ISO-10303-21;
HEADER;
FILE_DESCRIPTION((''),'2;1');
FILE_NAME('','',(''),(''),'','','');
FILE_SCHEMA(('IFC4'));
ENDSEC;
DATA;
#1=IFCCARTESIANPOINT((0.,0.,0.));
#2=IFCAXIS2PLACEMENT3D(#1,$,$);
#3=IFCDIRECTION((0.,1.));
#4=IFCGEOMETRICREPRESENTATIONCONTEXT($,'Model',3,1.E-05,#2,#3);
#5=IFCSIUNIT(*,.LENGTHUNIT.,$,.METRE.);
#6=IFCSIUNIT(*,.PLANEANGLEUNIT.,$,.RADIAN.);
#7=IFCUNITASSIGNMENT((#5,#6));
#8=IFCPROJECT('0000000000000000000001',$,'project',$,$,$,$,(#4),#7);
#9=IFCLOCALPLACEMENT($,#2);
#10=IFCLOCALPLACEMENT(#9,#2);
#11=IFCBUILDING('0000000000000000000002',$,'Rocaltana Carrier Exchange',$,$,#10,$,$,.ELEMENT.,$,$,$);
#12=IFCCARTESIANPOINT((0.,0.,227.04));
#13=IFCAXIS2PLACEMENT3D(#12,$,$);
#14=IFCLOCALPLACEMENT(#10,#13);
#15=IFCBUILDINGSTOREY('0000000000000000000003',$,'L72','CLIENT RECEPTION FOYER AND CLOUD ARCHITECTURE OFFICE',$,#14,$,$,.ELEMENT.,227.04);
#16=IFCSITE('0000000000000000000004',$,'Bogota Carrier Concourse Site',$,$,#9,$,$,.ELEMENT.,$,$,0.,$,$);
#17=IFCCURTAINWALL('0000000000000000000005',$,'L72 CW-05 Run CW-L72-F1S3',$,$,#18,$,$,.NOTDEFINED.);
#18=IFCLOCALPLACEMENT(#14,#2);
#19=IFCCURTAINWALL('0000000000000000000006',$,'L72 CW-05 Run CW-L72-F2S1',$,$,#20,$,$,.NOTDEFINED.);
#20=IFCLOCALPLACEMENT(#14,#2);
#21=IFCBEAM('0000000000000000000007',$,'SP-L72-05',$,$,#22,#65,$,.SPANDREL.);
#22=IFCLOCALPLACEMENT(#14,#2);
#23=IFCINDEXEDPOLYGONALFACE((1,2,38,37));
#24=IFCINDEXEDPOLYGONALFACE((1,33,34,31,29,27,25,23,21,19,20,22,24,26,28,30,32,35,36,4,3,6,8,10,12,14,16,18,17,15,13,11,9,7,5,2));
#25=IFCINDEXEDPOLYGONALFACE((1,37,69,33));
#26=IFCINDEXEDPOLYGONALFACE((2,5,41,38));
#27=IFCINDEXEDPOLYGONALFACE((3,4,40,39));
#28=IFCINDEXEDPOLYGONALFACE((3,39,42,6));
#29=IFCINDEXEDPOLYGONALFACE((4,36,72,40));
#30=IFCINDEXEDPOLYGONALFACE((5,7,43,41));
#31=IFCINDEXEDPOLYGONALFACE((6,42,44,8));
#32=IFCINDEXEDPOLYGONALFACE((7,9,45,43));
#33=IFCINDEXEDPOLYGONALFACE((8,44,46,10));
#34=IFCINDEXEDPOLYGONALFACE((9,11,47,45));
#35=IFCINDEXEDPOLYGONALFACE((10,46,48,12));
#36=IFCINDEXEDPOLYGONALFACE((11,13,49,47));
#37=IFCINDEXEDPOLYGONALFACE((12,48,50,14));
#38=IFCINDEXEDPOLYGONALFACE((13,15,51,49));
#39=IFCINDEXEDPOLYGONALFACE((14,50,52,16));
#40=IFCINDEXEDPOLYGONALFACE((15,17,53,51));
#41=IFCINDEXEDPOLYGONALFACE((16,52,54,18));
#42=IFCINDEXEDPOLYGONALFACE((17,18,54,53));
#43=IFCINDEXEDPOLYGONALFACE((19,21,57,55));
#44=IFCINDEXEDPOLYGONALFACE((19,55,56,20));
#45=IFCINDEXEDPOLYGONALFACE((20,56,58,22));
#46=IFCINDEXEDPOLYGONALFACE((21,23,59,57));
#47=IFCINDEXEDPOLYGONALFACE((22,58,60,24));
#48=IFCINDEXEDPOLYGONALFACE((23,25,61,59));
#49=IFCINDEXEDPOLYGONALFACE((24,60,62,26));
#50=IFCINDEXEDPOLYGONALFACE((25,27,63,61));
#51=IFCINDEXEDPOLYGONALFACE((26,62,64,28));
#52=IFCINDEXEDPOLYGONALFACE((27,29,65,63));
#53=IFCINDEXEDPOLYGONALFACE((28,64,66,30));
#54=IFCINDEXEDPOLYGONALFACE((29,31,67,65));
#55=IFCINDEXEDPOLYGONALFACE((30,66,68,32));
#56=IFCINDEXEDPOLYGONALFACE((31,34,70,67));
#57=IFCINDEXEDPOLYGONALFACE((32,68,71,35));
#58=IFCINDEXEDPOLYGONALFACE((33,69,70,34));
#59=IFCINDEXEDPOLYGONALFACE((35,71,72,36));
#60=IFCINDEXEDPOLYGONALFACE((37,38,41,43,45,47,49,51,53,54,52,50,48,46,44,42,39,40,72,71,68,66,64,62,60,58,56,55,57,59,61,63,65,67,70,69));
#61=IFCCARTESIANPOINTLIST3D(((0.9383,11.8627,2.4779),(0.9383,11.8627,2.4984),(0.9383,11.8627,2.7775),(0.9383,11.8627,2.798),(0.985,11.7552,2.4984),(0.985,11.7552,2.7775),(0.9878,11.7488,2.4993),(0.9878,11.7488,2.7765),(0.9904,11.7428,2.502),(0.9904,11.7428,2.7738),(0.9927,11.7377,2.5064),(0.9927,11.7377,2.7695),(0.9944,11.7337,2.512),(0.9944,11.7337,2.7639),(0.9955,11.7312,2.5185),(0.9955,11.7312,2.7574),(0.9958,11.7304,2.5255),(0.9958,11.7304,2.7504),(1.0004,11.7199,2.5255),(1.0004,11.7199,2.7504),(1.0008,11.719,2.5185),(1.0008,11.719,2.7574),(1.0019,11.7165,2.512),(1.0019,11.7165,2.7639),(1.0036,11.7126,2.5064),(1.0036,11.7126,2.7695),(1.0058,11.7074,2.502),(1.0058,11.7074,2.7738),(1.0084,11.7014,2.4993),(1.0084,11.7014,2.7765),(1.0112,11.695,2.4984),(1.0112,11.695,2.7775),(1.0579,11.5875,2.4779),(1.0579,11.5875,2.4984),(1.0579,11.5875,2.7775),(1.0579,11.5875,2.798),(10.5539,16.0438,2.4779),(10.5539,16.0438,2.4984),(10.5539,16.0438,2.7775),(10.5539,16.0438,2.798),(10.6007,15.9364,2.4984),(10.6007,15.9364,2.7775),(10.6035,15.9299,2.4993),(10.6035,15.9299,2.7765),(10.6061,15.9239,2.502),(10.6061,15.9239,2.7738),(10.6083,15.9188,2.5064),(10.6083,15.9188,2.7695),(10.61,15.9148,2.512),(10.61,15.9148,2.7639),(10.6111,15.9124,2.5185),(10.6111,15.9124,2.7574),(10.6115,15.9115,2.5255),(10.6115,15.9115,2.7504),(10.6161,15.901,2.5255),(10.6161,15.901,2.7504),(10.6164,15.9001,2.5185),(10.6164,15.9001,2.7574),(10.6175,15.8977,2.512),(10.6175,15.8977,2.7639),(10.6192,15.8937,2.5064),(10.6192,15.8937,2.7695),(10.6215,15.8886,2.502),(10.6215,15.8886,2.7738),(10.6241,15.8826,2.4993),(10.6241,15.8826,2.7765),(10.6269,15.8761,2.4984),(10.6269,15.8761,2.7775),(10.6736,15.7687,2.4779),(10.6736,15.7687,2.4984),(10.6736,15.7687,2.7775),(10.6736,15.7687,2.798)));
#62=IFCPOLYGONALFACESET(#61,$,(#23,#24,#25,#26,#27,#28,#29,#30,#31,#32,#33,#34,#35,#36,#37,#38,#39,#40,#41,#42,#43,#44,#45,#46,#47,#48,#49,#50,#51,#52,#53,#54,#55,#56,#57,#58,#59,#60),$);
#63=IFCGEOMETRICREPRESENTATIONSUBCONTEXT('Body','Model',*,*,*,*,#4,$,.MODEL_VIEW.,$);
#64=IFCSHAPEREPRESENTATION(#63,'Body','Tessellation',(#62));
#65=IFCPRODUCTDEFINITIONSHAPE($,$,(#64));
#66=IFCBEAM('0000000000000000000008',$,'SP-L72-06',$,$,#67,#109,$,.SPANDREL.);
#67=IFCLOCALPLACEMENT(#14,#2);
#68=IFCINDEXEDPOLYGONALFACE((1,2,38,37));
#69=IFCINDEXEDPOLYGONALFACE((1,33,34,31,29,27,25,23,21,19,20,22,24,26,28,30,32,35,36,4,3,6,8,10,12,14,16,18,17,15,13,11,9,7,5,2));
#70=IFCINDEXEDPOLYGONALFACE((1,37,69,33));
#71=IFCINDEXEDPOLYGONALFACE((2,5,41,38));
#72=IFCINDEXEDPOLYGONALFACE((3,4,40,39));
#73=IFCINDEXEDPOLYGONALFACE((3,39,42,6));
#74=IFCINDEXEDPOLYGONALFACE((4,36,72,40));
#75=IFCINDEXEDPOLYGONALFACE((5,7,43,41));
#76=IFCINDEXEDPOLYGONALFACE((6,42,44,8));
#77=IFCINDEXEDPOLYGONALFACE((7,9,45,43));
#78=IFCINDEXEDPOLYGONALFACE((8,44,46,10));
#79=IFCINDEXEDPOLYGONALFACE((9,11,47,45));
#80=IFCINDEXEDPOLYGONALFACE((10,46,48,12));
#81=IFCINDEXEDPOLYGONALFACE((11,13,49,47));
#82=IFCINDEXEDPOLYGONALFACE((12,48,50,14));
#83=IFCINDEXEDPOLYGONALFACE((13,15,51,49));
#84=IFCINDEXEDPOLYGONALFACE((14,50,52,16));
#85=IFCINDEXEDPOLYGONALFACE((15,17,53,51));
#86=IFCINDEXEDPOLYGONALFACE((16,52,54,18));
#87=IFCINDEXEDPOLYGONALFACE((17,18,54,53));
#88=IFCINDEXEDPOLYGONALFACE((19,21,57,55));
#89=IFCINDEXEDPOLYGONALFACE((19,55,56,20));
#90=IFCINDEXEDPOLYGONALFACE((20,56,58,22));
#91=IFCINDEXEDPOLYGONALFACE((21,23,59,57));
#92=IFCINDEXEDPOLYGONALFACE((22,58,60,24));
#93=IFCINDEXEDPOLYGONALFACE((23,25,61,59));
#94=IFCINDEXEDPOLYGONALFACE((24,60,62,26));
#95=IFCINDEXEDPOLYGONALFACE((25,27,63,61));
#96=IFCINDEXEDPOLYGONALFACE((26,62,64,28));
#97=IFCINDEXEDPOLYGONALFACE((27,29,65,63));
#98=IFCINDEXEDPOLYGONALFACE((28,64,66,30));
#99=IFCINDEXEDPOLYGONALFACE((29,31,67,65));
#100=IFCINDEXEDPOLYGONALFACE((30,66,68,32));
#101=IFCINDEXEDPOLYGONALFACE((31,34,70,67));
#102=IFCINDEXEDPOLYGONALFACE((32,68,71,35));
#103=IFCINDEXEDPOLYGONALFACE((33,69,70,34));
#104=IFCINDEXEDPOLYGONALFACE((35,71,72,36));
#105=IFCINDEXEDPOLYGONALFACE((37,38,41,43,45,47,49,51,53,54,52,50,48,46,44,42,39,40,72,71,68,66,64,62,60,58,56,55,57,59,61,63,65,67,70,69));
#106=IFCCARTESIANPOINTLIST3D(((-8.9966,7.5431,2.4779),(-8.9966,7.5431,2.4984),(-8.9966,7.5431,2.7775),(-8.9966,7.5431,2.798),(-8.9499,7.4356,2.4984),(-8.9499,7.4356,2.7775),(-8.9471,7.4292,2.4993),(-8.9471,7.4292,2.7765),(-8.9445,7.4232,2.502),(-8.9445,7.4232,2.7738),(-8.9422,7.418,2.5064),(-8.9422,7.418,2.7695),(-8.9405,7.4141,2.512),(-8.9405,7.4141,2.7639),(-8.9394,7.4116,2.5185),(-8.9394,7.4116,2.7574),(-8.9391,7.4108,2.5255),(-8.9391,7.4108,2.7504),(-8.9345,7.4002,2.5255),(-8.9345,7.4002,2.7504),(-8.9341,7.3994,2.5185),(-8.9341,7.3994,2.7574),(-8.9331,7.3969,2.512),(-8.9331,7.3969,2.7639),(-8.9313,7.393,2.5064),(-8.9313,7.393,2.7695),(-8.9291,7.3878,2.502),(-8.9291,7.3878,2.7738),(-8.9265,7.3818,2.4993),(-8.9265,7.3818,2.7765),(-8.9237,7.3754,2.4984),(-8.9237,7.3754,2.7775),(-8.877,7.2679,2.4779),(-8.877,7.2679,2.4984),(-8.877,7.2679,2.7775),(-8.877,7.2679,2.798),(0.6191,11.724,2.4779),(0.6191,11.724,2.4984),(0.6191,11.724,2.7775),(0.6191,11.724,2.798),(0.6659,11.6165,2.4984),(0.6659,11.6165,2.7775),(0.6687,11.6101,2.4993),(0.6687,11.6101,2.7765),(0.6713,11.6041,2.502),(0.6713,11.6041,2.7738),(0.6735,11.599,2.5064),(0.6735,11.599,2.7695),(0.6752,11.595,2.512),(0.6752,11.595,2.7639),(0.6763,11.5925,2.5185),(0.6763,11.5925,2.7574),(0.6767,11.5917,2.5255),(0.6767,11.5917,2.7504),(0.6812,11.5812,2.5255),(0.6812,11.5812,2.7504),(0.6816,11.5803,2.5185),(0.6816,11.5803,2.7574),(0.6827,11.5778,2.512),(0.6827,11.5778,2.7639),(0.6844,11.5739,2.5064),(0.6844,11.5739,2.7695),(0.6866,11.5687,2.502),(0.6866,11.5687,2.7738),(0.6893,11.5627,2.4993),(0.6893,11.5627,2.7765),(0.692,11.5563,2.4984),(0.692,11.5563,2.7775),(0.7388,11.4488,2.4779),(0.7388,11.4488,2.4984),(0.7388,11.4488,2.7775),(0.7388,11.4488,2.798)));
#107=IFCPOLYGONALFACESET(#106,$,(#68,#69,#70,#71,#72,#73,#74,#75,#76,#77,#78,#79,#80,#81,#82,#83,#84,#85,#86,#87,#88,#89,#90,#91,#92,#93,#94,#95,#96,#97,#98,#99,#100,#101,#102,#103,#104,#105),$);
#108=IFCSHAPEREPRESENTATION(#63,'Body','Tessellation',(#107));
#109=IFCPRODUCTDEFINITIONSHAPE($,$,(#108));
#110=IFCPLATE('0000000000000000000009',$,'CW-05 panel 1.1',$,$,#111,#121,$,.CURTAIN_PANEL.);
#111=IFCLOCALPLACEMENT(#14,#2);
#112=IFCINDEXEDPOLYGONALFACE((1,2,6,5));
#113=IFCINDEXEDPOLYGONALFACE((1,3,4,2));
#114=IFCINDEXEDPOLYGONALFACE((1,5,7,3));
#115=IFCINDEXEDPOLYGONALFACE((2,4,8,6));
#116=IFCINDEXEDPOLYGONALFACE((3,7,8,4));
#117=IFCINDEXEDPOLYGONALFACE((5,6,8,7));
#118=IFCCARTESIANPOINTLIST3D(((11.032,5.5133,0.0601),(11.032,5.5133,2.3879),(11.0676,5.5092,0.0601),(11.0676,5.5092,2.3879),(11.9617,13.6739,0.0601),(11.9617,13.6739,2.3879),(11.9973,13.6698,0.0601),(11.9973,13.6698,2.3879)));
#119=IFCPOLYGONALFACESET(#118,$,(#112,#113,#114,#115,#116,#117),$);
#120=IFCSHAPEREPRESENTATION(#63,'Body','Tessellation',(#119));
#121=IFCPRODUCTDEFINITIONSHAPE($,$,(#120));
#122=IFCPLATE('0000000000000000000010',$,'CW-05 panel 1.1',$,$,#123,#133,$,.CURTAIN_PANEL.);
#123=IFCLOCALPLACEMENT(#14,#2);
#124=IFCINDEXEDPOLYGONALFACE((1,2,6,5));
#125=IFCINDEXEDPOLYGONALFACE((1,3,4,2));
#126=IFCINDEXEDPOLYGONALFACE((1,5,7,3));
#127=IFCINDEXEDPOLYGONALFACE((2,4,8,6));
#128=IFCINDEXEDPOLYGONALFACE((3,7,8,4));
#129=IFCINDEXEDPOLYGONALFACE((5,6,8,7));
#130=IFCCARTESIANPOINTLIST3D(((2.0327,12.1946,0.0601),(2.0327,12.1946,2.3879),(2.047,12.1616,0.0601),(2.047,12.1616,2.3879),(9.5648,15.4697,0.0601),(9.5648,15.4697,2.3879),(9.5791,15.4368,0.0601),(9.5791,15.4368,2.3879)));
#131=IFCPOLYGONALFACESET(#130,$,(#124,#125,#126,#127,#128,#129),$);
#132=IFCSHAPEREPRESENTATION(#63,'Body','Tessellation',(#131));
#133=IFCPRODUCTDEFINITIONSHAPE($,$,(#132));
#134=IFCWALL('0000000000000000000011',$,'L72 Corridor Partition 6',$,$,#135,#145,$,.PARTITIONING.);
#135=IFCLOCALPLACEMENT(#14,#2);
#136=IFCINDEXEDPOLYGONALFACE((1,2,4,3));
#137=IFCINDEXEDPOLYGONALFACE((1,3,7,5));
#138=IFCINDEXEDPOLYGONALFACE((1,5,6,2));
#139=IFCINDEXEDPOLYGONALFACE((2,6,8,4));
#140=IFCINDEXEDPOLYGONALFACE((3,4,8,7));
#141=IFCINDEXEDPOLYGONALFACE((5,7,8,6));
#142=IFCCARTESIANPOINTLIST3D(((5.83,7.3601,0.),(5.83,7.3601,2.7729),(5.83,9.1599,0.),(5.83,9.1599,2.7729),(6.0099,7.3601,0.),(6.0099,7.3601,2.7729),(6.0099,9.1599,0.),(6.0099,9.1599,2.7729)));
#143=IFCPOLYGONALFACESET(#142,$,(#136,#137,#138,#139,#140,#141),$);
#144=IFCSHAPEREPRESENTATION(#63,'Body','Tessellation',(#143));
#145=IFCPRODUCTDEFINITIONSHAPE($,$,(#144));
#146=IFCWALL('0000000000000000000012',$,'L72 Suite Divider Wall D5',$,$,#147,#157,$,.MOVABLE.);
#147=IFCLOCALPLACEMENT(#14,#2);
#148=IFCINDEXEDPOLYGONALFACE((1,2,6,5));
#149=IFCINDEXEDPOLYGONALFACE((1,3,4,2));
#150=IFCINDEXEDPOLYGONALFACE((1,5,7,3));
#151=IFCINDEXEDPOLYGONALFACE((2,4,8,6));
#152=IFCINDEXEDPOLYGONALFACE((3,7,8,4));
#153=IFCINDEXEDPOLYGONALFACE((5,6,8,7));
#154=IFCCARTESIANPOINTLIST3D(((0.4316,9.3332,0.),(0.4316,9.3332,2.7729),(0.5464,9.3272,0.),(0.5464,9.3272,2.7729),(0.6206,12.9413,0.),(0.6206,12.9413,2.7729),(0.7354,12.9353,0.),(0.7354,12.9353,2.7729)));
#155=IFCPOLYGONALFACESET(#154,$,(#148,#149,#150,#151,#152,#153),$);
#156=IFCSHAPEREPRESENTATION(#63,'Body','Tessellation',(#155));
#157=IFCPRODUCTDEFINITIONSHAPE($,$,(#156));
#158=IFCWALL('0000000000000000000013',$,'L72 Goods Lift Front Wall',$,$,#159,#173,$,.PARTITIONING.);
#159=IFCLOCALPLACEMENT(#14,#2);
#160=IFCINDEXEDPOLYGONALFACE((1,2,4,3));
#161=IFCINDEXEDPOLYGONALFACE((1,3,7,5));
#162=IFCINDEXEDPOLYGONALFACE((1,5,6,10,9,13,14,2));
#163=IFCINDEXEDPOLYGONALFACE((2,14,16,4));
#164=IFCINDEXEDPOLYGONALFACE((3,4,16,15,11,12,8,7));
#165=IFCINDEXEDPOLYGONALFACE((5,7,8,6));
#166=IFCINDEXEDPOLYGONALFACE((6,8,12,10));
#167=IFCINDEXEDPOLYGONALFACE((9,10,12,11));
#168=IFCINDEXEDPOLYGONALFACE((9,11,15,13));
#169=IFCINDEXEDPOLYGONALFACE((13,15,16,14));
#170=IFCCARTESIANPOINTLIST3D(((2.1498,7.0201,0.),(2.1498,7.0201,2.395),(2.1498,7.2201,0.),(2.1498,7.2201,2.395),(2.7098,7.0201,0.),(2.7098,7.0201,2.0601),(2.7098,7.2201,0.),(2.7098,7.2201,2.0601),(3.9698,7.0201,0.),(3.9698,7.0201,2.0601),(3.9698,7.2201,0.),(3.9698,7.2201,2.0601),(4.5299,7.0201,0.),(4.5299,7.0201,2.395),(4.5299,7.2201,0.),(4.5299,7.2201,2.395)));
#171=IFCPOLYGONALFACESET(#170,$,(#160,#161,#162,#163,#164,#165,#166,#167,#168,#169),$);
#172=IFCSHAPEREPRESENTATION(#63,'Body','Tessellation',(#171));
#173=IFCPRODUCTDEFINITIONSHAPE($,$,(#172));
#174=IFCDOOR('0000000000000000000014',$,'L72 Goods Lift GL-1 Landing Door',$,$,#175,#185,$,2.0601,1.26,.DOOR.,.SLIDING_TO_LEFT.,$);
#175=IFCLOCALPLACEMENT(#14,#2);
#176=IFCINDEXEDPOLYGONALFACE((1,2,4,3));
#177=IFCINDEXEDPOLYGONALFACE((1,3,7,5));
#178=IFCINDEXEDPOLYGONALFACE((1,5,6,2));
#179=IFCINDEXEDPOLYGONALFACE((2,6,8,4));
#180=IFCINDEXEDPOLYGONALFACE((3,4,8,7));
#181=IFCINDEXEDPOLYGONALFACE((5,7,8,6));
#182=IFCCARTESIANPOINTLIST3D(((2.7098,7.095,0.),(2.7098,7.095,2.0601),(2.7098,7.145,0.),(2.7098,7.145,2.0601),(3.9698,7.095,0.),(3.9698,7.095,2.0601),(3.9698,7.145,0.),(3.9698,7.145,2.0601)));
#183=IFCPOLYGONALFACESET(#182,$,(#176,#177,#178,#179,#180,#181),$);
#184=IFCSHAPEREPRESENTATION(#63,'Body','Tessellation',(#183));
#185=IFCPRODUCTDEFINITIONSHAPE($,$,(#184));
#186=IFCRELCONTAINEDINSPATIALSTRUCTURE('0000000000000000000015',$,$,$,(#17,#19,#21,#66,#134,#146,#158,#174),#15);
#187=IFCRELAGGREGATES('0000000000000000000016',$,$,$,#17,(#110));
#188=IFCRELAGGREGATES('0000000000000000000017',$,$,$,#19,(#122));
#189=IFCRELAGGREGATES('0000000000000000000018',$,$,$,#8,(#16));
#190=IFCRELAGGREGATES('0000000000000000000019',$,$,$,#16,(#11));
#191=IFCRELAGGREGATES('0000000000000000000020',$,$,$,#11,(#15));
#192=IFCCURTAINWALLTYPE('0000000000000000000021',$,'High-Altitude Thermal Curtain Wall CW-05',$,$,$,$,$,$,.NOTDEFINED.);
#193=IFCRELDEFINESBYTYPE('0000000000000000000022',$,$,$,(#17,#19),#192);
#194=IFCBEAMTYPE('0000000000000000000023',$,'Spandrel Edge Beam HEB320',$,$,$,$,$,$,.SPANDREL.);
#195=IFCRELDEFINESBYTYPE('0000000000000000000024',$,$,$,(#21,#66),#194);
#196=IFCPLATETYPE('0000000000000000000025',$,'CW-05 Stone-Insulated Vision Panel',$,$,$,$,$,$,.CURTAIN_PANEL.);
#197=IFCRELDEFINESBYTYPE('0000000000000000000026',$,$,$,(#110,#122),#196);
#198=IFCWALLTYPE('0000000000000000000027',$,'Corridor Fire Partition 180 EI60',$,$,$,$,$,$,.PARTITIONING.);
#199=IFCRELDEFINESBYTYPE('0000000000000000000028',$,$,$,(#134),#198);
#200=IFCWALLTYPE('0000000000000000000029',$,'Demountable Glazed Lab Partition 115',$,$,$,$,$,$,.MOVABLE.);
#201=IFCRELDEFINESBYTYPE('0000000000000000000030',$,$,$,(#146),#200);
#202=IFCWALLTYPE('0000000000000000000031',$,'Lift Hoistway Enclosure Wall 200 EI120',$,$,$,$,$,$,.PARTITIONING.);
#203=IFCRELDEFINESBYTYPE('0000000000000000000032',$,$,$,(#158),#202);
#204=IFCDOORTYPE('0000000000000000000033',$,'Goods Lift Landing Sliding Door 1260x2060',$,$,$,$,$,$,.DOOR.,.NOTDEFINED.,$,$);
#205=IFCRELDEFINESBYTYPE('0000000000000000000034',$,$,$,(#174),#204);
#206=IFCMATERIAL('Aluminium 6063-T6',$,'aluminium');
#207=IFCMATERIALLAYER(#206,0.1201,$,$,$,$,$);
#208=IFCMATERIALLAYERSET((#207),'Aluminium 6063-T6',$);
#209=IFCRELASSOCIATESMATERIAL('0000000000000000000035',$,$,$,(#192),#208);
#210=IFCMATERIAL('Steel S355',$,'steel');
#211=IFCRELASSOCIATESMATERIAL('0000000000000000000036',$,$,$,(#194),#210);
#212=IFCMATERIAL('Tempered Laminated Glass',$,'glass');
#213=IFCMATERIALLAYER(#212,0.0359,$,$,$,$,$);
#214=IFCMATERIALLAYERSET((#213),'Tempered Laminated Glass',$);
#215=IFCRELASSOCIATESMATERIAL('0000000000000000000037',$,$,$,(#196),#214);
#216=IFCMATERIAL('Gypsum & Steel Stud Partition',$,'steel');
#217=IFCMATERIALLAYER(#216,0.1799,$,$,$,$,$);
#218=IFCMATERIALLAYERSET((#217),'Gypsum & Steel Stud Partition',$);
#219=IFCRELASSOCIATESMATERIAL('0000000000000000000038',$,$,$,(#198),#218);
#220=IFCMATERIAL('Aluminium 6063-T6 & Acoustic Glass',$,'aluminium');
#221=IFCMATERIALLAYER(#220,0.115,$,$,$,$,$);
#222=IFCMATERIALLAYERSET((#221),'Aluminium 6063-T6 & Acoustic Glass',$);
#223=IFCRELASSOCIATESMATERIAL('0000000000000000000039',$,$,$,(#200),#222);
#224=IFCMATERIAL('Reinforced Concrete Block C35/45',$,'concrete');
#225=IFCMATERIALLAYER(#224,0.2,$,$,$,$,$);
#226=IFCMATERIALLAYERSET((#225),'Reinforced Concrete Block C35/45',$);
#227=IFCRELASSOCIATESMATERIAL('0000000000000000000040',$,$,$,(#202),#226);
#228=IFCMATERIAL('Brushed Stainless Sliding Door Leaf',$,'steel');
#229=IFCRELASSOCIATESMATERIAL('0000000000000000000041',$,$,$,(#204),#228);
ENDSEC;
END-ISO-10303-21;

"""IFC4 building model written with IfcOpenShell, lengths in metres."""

from ifc_helpers import new_model, si_unit, direction, frame, frame_2d, origin, origin_2d, place, context, subcontext, project, spatial, rectangle, i_section, extrude, material, layer, layer_set, material_profile, profile_set, type_object, element, fill, aggregate, save


model = new_model("IFC4")

# Units and contexts
model_context = context("Model", 3, precision=1e-05, world=origin(), true_north=direction((0.0, 1.0)))
body_context = subcontext(model_context, "Body", "Model", "MODEL_VIEW")
ifc_project = project(units=[si_unit("LENGTHUNIT", "METRE"), si_unit("PLANEANGLEUNIT", "RADIAN")], contexts=[model_context])

# Site, building, storey
site_placement = place(None, origin())
site = spatial("IfcSite", under=ifc_project, at=site_placement, Name="Bogota Carrier Concourse Site", CompositionType="ELEMENT", RefElevation=0.0)
building_placement = place(site_placement, origin())
building = spatial("IfcBuilding", under=site, at=building_placement, Name="Rocaltana Carrier Exchange", CompositionType="ELEMENT")
storey_placement = place(building_placement, frame((0.0, 0.0, 227.04)))
storey = spatial("IfcBuildingStorey", under=building, at=storey_placement, Name="L72", Description="CLIENT RECEPTION FOYER AND CLOUD ARCHITECTURE OFFICE", CompositionType="ELEMENT", Elevation=227.04)

# Curtain wall
ifc_material_1 = material(Name="Aluminium 6063-T6", Category="aluminium")
ifc_layer_1 = layer(ifc_material_1, 0.1201)
ifc_layer_set_1 = layer_set([ifc_layer_1], Name="Aluminium 6063-T6")
curtain_wall_type = type_object("IfcCurtainWallType", Name="High-Altitude Thermal Curtain Wall CW-05", PredefinedType="NOTDEFINED", material=ifc_layer_set_1)
curtain_wall_1_placement = place(storey_placement, origin())
curtain_wall_1 = element("IfcCurtainWall", 1, at=curtain_wall_1_placement, inside=storey, type_object=curtain_wall_type, Name="L72 CW-05 Run CW-L72-F1S3", PredefinedType="NOTDEFINED")

# Curtain wall
curtain_wall_2_placement = place(storey_placement, origin())
curtain_wall_2 = element("IfcCurtainWall", 2, at=curtain_wall_2_placement, inside=storey, type_object=curtain_wall_type, Name="L72 CW-05 Run CW-L72-F2S1", PredefinedType="NOTDEFINED")

# Beams
ifc_material_2 = material(Name="Steel S355", Category="steel")
ifc_material_profile_1 = material_profile(ifc_material_2, i_section(OverallWidth=0.3, OverallDepth=0.3201, WebThickness=0.0115, FlangeThickness=0.0205, FilletRadius=0.0271, at=origin_2d()), Name="HEB320")
ifc_profile_set_1 = profile_set([ifc_material_profile_1], Name="Steel S355")
beam_type_1 = type_object("IfcBeamType", Name="Spandrel Edge Beam HEB320", PredefinedType="SPANDREL", material=ifc_profile_set_1)
for number, where, z_axis, x_axis, name in (
    (3, (10.6138, 15.9062, 2.6379), (-0.917056, -0.398758, 0.0), (0.398758, -0.917056, 0.0), "SP-L72-05"),
    (4, (0.679, 11.5864, 2.6379), (-0.917065, -0.398739, 0.0), (0.398739, -0.917065, 0.0), "SP-L72-06"),
):
    element("IfcBeam", number, at=place(storey_placement, frame(where, z_axis=z_axis, x_axis=x_axis)), inside=storey, type_object=beam_type_1, Name=name, PredefinedType="SPANDREL", context=body_context, shape_type="SweptSolid", body=[
        extrude(i_section(OverallWidth=0.3, OverallDepth=0.3201, WebThickness=0.0115, FlangeThickness=0.0205, FilletRadius=0.0271, at=origin_2d()), origin(), (0.0, 0.0, 1.0), 10.4854),
    ])

# Plates
ifc_material_3 = material(Name="Tempered Laminated Glass", Category="glass")
ifc_layer_2 = layer(ifc_material_3, 0.0359)
ifc_layer_set_2 = layer_set([ifc_layer_2], Name="Tempered Laminated Glass")
plate_type = type_object("IfcPlateType", Name="CW-05 Stone-Insulated Vision Panel", PredefinedType="CURTAIN_PANEL", material=ifc_layer_set_2)
plate_1_placement = place(storey_placement, frame((11.5146, 9.5916, 0.0601), z_axis=(0.0, 0.0, 1.0), x_axis=(0.113197, 0.993573, 0.0)))
plate_1 = element("IfcPlate", 5, at=plate_1_placement, type_object=plate_type, Name="CW-05 panel 1.1", PredefinedType="CURTAIN_PANEL", context=body_context, shape_type="SweptSolid", body=[
    extrude(rectangle(XDim=8.2134, YDim=0.0359, at=origin_2d()), origin(), (0.0, 0.0, 1.0), 2.3279),
])
aggregate(curtain_wall_1, [plate_1])
plate_2_placement = place(storey_placement, frame((5.8059, 13.8157, 0.0601), z_axis=(0.0, 0.0, 1.0), x_axis=(-0.917057, -0.398757, 0.0)))
plate_2 = element("IfcPlate", 6, at=plate_2_placement, type_object=plate_type, Name="CW-05 panel 1.1", PredefinedType="CURTAIN_PANEL", context=body_context, shape_type="SweptSolid", body=[
    extrude(rectangle(XDim=8.2134, YDim=0.0359, at=origin_2d()), origin(), (0.0, 0.0, 1.0), 2.3279),
])
aggregate(curtain_wall_2, [plate_2])

# Walls
ifc_material_4 = material(Name="Gypsum & Steel Stud Partition", Category="steel")
ifc_layer_3 = layer(ifc_material_4, 0.1799)
ifc_layer_set_3 = layer_set([ifc_layer_3], Name="Gypsum & Steel Stud Partition")
wall_type_1 = type_object("IfcWallType", Name="Corridor Fire Partition 180 EI60", PredefinedType="PARTITIONING", material=ifc_layer_set_3)
wall_1_placement = place(storey_placement, frame((5.9199, 9.1599, 0.0), z_axis=(0.0, 0.0, 1.0), x_axis=(0.0, -1.0, 0.0)))
element("IfcWall", 7, at=wall_1_placement, inside=storey, type_object=wall_type_1, Name="L72 Corridor Partition 6", PredefinedType="PARTITIONING", context=body_context, shape_type="SweptSolid", body=[
    extrude(rectangle(XDim=1.7998, YDim=0.1799, at=frame_2d((0.8999, 0.0))), origin(), (0.0, 0.0, 1.0), 2.7729),
])
ifc_material_5 = material(Name="Aluminium 6063-T6 & Acoustic Glass", Category="aluminium")
ifc_layer_4 = layer(ifc_material_5, 0.115)
ifc_layer_set_4 = layer_set([ifc_layer_4], Name="Aluminium 6063-T6 & Acoustic Glass")
wall_type_2 = type_object("IfcWallType", Name="Demountable Glazed Lab Partition 115", PredefinedType="MOVABLE", material=ifc_layer_set_4)
wall_2_placement = place(storey_placement, frame((0.489, 9.3301, 0.0), z_axis=(0.0, 0.0, 1.0), x_axis=(0.0523, 0.998631, 0.0)))
element("IfcWall", 8, at=wall_2_placement, inside=storey, type_object=wall_type_2, Name="L72 Suite Divider Wall D5", PredefinedType="MOVABLE", context=body_context, shape_type="SweptSolid", body=[
    extrude(rectangle(XDim=3.613, YDim=0.115, at=frame_2d((1.8066, 0.0))), origin(), (0.0, 0.0, 1.0), 2.7729),
])

# Wall, opening, door
ifc_material_6 = material(Name="Reinforced Concrete Block C35/45", Category="concrete")
ifc_layer_5 = layer(ifc_material_6, 0.2)
ifc_layer_set_5 = layer_set([ifc_layer_5], Name="Reinforced Concrete Block C35/45")
wall_type_3 = type_object("IfcWallType", Name="Lift Hoistway Enclosure Wall 200 EI120", PredefinedType="PARTITIONING", material=ifc_layer_set_5)
wall_3_placement = place(storey_placement, frame((2.1499, 7.1201, 0.0), z_axis=(0.0, 0.0, 1.0), x_axis=(1.0, 0.0, 0.0)))
wall_3 = element("IfcWall", 9, at=wall_3_placement, inside=storey, type_object=wall_type_3, Name="L72 Goods Lift Front Wall", PredefinedType="PARTITIONING", context=body_context, shape_type="SweptSolid", body=[
    extrude(rectangle(XDim=2.3801, YDim=0.2, at=frame_2d((1.1899, 0.0))), origin(), (0.0, 0.0, 1.0), 2.395),
])
opening_1_placement = place(wall_3_placement, frame((0.5601, 0.0, 0.0)))
opening_1 = element("IfcOpeningElement", 10, at=opening_1_placement, cuts=wall_3, PredefinedType="OPENING", context=body_context, shape_type="SweptSolid", body=[
    extrude(rectangle(XDim=1.26, YDim=2.0601, at=frame_2d((0.6299, 1.03))), frame((0.0, 0.1099, 0.0), z_axis=(0.0, -1.0, 0.0), x_axis=(1.0, 0.0, 0.0)), (0.0, 0.0, 1.0), 0.22),
])
ifc_material_7 = material(Name="Brushed Stainless Sliding Door Leaf", Category="steel")
door_type_1 = type_object("IfcDoorType", Name="Goods Lift Landing Sliding Door 1260x2060", OperationType="NOTDEFINED", PredefinedType="DOOR", material=ifc_material_7)
door_1_placement = place(opening_1_placement, origin())
door_1 = element("IfcDoor", 11, at=door_1_placement, inside=storey, type_object=door_type_1, Name="L72 Goods Lift GL-1 Landing Door", OperationType="SLIDING_TO_LEFT", OverallHeight=2.0601, OverallWidth=1.26, PredefinedType="DOOR", context=body_context, shape_type="SweptSolid", body=[
    extrude(rectangle(XDim=1.26, YDim=2.0601, at=frame_2d((0.6299, 1.03))), frame((0.0, 0.0249, 0.0), z_axis=(0.0, -1.0, 0.0), x_axis=(1.0, 0.0, 0.0)), (0.0, 0.0, 1.0), 0.05),
])
fill(opening_1, door_1)

save(model, "model.ifc")
